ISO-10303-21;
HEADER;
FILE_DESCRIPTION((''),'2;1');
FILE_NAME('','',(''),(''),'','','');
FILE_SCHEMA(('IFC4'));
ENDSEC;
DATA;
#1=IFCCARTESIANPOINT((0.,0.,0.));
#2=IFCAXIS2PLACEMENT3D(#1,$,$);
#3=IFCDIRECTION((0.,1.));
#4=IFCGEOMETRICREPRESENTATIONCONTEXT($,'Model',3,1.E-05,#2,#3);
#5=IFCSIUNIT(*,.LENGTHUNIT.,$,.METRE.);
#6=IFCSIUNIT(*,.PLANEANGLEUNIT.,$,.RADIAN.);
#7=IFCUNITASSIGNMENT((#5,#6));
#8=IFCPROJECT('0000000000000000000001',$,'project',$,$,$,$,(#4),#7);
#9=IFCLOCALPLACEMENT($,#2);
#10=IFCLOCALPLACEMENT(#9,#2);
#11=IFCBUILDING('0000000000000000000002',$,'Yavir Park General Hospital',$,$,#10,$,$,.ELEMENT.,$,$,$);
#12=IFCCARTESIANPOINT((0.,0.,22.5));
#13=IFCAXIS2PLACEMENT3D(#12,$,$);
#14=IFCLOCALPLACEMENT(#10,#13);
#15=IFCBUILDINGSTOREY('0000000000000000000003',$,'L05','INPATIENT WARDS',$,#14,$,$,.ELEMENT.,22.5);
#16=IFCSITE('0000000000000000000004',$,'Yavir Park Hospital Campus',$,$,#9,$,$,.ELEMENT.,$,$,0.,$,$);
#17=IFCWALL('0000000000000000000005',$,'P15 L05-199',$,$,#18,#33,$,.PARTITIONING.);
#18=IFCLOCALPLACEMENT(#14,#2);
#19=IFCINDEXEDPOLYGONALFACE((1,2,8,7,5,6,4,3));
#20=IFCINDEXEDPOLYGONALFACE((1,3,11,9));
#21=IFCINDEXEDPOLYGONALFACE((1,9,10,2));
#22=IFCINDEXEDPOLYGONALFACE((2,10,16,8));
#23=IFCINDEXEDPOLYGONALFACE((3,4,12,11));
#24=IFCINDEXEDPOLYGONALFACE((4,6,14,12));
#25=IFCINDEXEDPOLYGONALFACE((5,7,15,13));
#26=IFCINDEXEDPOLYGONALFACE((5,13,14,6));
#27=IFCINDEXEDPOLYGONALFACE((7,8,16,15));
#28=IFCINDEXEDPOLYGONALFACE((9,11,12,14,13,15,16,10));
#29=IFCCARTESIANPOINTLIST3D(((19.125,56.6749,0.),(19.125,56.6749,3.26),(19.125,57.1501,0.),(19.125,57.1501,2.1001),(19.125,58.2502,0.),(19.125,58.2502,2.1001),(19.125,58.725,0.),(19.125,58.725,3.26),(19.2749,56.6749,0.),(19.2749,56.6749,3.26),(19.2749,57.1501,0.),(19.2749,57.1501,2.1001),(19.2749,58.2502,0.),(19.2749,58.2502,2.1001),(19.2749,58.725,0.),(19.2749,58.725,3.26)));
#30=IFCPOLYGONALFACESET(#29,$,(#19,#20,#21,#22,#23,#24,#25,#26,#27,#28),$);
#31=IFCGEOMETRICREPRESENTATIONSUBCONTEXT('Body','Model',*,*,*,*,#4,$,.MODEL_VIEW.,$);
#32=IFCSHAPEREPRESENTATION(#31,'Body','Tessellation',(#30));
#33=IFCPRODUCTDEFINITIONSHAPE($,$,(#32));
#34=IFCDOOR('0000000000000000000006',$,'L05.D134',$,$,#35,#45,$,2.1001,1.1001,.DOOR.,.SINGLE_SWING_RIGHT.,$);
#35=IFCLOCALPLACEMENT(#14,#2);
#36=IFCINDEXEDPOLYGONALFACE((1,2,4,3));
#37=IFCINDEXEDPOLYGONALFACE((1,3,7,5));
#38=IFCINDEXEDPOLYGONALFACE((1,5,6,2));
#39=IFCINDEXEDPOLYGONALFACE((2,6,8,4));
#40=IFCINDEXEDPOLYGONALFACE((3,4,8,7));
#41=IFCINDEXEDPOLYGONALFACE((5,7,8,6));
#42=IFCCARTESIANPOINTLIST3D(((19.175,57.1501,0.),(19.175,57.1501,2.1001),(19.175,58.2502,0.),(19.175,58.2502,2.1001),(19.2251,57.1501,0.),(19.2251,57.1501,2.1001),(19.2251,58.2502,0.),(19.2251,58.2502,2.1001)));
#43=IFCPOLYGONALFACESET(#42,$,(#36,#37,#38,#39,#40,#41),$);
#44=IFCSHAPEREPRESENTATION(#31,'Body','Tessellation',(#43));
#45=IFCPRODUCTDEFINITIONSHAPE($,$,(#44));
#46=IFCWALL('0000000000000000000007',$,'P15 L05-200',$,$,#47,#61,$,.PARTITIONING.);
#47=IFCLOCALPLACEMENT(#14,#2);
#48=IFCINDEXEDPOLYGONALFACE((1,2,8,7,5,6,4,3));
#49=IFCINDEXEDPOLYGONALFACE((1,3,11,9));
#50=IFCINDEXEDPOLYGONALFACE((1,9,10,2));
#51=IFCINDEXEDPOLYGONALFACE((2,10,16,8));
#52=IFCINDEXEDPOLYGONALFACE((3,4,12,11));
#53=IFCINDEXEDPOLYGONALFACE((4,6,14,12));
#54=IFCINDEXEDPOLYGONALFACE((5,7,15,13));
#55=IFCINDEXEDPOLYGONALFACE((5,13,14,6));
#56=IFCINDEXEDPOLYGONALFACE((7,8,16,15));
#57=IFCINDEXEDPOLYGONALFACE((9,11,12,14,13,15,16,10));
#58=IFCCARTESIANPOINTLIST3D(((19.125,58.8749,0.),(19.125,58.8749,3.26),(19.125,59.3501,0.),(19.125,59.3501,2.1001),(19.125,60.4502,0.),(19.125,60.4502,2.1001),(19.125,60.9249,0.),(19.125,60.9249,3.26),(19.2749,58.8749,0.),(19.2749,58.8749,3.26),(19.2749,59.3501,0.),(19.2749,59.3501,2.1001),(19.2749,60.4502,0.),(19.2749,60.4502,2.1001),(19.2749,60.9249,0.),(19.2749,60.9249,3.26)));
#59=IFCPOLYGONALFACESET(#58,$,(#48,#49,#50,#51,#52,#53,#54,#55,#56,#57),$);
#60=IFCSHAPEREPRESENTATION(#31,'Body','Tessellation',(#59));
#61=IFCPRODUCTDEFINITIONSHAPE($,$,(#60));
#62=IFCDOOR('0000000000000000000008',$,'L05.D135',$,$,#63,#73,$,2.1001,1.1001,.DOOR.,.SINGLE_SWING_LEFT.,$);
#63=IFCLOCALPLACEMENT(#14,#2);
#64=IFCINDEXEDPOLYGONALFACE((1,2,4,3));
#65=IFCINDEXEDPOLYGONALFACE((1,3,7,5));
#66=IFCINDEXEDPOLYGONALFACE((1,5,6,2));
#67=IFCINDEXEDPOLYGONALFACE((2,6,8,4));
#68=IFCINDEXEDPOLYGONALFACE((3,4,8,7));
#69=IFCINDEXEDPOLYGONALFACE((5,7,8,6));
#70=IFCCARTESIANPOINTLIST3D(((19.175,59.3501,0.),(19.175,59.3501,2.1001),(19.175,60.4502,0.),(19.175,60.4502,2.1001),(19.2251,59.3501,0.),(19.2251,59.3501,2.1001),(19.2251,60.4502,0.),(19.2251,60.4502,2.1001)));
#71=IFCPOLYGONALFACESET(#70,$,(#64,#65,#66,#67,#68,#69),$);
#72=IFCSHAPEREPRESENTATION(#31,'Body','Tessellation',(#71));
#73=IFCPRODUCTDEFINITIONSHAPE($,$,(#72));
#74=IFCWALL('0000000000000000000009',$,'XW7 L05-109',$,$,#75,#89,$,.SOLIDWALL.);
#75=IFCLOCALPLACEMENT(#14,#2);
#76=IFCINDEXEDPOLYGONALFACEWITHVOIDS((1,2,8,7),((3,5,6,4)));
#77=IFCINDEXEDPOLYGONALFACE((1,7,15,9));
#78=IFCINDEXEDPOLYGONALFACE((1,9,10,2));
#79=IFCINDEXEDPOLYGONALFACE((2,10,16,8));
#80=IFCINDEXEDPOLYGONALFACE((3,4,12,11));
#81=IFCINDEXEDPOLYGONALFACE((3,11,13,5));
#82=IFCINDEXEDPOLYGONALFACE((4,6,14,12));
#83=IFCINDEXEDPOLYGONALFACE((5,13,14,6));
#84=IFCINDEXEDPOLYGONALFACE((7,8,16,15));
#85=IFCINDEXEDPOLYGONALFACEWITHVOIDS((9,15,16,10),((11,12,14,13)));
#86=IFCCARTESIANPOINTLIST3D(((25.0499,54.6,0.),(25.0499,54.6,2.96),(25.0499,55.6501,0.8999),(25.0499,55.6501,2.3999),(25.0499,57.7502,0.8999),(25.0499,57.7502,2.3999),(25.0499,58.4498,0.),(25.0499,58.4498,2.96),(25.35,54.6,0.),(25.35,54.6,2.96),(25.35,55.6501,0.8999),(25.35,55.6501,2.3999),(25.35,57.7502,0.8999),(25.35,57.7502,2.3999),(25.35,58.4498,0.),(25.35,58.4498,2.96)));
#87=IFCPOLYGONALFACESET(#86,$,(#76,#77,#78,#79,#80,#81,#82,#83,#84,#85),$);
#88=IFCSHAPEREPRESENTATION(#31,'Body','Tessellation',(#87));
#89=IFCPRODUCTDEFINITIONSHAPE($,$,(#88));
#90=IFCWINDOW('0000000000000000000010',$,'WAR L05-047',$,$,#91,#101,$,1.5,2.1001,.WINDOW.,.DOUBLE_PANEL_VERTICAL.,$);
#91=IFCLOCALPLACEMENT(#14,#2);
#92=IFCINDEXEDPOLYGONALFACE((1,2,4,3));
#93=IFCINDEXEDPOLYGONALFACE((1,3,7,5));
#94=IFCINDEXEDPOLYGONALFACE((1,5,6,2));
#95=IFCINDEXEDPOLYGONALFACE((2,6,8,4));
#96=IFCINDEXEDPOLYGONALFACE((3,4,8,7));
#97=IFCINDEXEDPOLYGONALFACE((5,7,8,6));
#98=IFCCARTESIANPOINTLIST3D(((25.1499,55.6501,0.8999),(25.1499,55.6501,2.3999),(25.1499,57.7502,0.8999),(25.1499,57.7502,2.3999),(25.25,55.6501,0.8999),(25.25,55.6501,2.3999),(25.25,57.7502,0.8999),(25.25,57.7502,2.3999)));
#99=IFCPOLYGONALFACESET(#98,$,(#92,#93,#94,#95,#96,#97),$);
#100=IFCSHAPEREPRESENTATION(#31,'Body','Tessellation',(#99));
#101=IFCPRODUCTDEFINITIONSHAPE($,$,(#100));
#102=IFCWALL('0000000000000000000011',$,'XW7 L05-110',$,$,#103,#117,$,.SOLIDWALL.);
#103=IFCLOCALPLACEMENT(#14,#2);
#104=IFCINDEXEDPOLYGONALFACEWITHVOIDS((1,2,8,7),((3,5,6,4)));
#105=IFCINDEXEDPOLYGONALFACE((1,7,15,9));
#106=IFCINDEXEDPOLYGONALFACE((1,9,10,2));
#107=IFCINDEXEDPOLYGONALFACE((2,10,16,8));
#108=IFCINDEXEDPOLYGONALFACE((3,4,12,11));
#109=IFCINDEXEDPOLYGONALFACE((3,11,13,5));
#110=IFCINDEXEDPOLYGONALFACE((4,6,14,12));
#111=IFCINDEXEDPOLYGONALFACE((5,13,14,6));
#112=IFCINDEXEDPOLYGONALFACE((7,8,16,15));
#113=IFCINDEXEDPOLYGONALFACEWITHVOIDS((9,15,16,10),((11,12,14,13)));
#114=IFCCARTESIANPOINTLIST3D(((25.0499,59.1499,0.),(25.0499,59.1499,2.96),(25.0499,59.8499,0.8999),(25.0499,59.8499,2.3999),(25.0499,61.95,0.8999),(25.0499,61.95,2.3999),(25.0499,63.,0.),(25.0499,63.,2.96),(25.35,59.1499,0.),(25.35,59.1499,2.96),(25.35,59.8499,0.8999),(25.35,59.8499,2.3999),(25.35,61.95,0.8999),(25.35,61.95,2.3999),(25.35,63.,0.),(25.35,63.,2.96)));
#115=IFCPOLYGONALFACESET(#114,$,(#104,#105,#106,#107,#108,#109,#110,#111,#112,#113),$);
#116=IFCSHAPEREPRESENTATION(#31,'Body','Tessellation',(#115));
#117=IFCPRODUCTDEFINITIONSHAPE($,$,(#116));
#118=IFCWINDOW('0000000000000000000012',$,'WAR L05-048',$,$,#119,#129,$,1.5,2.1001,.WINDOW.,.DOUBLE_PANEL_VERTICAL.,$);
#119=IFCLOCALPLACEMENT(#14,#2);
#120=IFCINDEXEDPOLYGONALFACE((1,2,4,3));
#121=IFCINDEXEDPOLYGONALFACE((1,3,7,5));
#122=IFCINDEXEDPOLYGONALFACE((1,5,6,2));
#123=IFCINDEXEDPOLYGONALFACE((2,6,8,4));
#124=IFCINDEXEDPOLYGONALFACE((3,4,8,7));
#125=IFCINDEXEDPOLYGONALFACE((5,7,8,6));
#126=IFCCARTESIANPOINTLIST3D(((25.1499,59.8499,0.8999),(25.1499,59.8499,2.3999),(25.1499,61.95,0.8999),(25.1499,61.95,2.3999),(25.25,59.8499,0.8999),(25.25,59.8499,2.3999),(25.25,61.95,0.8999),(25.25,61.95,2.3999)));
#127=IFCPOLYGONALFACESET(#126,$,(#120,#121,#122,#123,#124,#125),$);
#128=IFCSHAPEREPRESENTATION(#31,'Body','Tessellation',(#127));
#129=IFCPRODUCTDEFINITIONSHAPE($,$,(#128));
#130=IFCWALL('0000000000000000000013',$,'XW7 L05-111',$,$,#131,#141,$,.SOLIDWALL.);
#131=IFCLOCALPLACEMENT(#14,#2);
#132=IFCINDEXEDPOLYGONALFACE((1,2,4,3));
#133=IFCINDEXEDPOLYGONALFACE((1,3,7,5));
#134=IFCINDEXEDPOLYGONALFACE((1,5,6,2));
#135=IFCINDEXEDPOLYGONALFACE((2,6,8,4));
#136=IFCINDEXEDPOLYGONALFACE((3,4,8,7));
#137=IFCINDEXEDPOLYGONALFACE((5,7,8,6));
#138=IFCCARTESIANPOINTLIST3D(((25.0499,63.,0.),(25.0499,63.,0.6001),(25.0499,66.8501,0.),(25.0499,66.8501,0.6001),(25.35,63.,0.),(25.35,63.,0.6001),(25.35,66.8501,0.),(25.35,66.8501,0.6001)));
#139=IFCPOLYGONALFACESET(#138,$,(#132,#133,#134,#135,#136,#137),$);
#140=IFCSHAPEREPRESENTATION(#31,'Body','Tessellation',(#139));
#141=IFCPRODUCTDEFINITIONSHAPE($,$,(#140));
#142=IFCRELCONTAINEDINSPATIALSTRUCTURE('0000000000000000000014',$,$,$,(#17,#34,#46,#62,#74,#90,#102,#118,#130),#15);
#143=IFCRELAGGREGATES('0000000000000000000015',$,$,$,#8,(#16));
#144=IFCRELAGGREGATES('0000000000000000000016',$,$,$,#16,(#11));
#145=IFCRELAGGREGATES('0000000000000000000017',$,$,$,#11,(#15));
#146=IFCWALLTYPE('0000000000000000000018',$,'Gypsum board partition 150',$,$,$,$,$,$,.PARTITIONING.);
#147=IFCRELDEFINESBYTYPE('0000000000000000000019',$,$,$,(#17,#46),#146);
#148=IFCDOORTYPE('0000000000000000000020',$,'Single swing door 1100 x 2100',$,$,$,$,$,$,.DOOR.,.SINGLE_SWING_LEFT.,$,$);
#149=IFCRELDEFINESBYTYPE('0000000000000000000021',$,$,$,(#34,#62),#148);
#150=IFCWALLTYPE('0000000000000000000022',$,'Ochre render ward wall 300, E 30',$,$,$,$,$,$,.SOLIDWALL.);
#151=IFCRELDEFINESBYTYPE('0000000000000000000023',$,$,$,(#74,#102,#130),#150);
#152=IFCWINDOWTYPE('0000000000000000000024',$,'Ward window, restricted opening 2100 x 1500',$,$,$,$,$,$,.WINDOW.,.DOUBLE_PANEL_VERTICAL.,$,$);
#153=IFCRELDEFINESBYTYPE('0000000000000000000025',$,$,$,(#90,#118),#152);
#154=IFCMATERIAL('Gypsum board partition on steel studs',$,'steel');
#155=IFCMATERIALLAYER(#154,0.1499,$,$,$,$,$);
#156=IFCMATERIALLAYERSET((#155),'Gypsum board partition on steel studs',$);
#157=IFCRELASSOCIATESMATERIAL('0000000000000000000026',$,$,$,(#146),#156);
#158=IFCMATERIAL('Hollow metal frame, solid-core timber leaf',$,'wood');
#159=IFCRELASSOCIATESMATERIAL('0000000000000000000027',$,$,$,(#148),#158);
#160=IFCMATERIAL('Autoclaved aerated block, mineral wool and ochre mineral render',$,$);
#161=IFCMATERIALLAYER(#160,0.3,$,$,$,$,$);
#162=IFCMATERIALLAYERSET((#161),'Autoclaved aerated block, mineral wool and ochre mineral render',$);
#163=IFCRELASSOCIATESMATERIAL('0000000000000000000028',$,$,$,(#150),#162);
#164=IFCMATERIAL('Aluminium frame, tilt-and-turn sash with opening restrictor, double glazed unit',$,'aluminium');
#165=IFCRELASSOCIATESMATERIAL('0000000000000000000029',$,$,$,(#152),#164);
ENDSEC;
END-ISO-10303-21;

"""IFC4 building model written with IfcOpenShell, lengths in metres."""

from ifc_helpers import new_model, si_unit, direction, frame, frame_2d, origin, place, context, subcontext, project, spatial, rectangle, extrude, material, layer, layer_set, type_object, element, fill, save


model = new_model("IFC4")

# Units and contexts
model_context = context("Model", 3, precision=1e-05, world=origin(), true_north=direction((0.0, 1.0)))
body_context = subcontext(model_context, "Body", "Model", "MODEL_VIEW")
ifc_project = project(units=[si_unit("LENGTHUNIT", "METRE"), si_unit("PLANEANGLEUNIT", "RADIAN")], contexts=[model_context])

# Site, building, storey
site_placement = place(None, origin())
site = spatial("IfcSite", under=ifc_project, at=site_placement, Name="Yavir Park Hospital Campus", CompositionType="ELEMENT", RefElevation=0.0)
building_placement = place(site_placement, origin())
building = spatial("IfcBuilding", under=site, at=building_placement, Name="Yavir Park General Hospital", CompositionType="ELEMENT")
storey_placement = place(building_placement, frame((0.0, 0.0, 22.5)))
storey = spatial("IfcBuildingStorey", under=building, at=storey_placement, Name="L05", Description="INPATIENT WARDS", CompositionType="ELEMENT", Elevation=22.5)

# Shared definitions
ifc_material_1 = material(Name="Gypsum board partition on steel studs", Category="steel")
ifc_layer_1 = layer(ifc_material_1, 0.1499)
ifc_layer_set_1 = layer_set([ifc_layer_1], Name="Gypsum board partition on steel studs")
wall_type_1 = type_object("IfcWallType", Name="Gypsum board partition 150", PredefinedType="PARTITIONING", material=ifc_layer_set_1)

# Walls, openings, doors
wall_1_placement = place(storey_placement, frame((19.2, 56.675, 0.0), z_axis=(0.0, 0.0, 1.0), x_axis=(0.0, 1.0, 0.0)))
wall_1 = element("IfcWall", 1, at=wall_1_placement, inside=storey, type_object=wall_type_1, Name="P15 L05-199", PredefinedType="PARTITIONING", context=body_context, shape_type="SweptSolid", body=[
    extrude(rectangle(XDim=2.05, YDim=0.1499, at=frame_2d((1.0249, 0.0))), origin(), (0.0, 0.0, 1.0), 3.26),
])
opening_1_placement = place(wall_1_placement, frame((0.4751, 0.0, 0.0)))
opening_1 = element("IfcOpeningElement", 2, at=opening_1_placement, cuts=wall_1, PredefinedType="OPENING", context=body_context, shape_type="SweptSolid", body=[
    extrude(rectangle(XDim=1.1001, YDim=2.1001, at=frame_2d((0.55, 1.05))), frame((0.0, 0.085, 0.0), z_axis=(0.0, -1.0, 0.0), x_axis=(1.0, 0.0, 0.0)), (0.0, 0.0, 1.0), 0.1699),
])
ifc_material_2 = material(Name="Hollow metal frame, solid-core timber leaf", Category="wood")
door_type = type_object("IfcDoorType", Name="Single swing door 1100 x 2100", OperationType="SINGLE_SWING_LEFT", PredefinedType="DOOR", material=ifc_material_2)
door_1_placement = place(opening_1_placement, origin())
door_1 = element("IfcDoor", 3, at=door_1_placement, inside=storey, type_object=door_type, Name="L05.D134", OperationType="SINGLE_SWING_RIGHT", OverallHeight=2.1001, OverallWidth=1.1001, PredefinedType="DOOR", context=body_context, shape_type="SweptSolid", body=[
    extrude(rectangle(XDim=1.1001, YDim=2.1001, at=frame_2d((0.55, 1.05))), frame((0.0, 0.0249, 0.0), z_axis=(0.0, -1.0, 0.0), x_axis=(1.0, 0.0, 0.0)), (0.0, 0.0, 1.0), 0.05),
])
fill(opening_1, door_1)
wall_2_placement = place(storey_placement, frame((19.2, 58.875, 0.0), z_axis=(0.0, 0.0, 1.0), x_axis=(0.0, 1.0, 0.0)))
wall_2 = element("IfcWall", 4, at=wall_2_placement, inside=storey, type_object=wall_type_1, Name="P15 L05-200", PredefinedType="PARTITIONING", context=body_context, shape_type="SweptSolid", body=[
    extrude(rectangle(XDim=2.05, YDim=0.1499, at=frame_2d((1.0249, 0.0))), origin(), (0.0, 0.0, 1.0), 3.26),
])
opening_2_placement = place(wall_2_placement, frame((0.4751, 0.0, 0.0)))
opening_2 = element("IfcOpeningElement", 5, at=opening_2_placement, cuts=wall_2, PredefinedType="OPENING", context=body_context, shape_type="SweptSolid", body=[
    extrude(rectangle(XDim=1.1001, YDim=2.1001, at=frame_2d((0.55, 1.05))), frame((0.0, 0.085, 0.0), z_axis=(0.0, -1.0, 0.0), x_axis=(1.0, 0.0, 0.0)), (0.0, 0.0, 1.0), 0.1699),
])
door_2_placement = place(opening_2_placement, origin())
door_2 = element("IfcDoor", 6, at=door_2_placement, inside=storey, type_object=door_type, Name="L05.D135", OperationType="SINGLE_SWING_LEFT", OverallHeight=2.1001, OverallWidth=1.1001, PredefinedType="DOOR", context=body_context, shape_type="SweptSolid", body=[
    extrude(rectangle(XDim=1.1001, YDim=2.1001, at=frame_2d((0.55, 1.05))), frame((0.0, 0.0249, 0.0), z_axis=(0.0, -1.0, 0.0), x_axis=(1.0, 0.0, 0.0)), (0.0, 0.0, 1.0), 0.05),
])
fill(opening_2, door_2)

# Walls, openings, windows
ifc_material_3 = material(Name="Autoclaved aerated block, mineral wool and ochre mineral render")
ifc_layer_2 = layer(ifc_material_3, 0.3)
ifc_layer_set_2 = layer_set([ifc_layer_2], Name="Autoclaved aerated block, mineral wool and ochre mineral render")
wall_type_2 = type_object("IfcWallType", Name="Ochre render ward wall 300, E 30", PredefinedType="SOLIDWALL", material=ifc_layer_set_2)
wall_3_placement = place(storey_placement, frame((25.2, 54.6001, 0.0), z_axis=(0.0, 0.0, 1.0), x_axis=(0.0, 1.0, 0.0)))
wall_3 = element("IfcWall", 7, at=wall_3_placement, inside=storey, type_object=wall_type_2, Name="XW7 L05-109", PredefinedType="SOLIDWALL", context=body_context, shape_type="SweptSolid", body=[
    extrude(rectangle(XDim=3.8499, YDim=0.3, at=frame_2d((1.9248, 0.0))), origin(), (0.0, 0.0, 1.0), 2.96),
])
opening_3_placement = place(wall_3_placement, frame((1.05, 0.0, 0.8999)))
opening_3 = element("IfcOpeningElement", 8, at=opening_3_placement, cuts=wall_3, PredefinedType="OPENING", context=body_context, shape_type="SweptSolid", body=[
    extrude(rectangle(XDim=2.1001, YDim=1.5, at=frame_2d((1.05, 0.75))), frame((0.0, 0.1599, 0.0), z_axis=(0.0, -1.0, 0.0), x_axis=(1.0, 0.0, 0.0)), (0.0, 0.0, 1.0), 0.3201),
])
ifc_material_4 = material(Name="Aluminium frame, tilt-and-turn sash with opening restrictor, double glazed unit", Category="aluminium")
window_type = type_object("IfcWindowType", Name="Ward window, restricted opening 2100 x 1500", PartitioningType="DOUBLE_PANEL_VERTICAL", PredefinedType="WINDOW", material=ifc_material_4)
window_1_placement = place(opening_3_placement, origin())
window_1 = element("IfcWindow", 9, at=window_1_placement, inside=storey, type_object=window_type, Name="WAR L05-047", OverallHeight=1.5, OverallWidth=2.1001, PartitioningType="DOUBLE_PANEL_VERTICAL", PredefinedType="WINDOW", context=body_context, shape_type="SweptSolid", body=[
    extrude(rectangle(XDim=2.1001, YDim=1.5, at=frame_2d((1.05, 0.75))), frame((0.0, 0.05, 0.0), z_axis=(0.0, -1.0, 0.0), x_axis=(1.0, 0.0, 0.0)), (0.0, 0.0, 1.0), 0.1001),
])
fill(opening_3, window_1)
wall_4_placement = place(storey_placement, frame((25.2, 59.1499, 0.0), z_axis=(0.0, 0.0, 1.0), x_axis=(0.0, 1.0, 0.0)))
wall_4 = element("IfcWall", 10, at=wall_4_placement, inside=storey, type_object=wall_type_2, Name="XW7 L05-110", PredefinedType="SOLIDWALL", context=body_context, shape_type="SweptSolid", body=[
    extrude(rectangle(XDim=3.8501, YDim=0.3, at=frame_2d((1.925, 0.0))), origin(), (0.0, 0.0, 1.0), 2.96),
])
opening_4_placement = place(wall_4_placement, frame((0.7, 0.0, 0.8999)))
opening_4 = element("IfcOpeningElement", 11, at=opening_4_placement, cuts=wall_4, PredefinedType="OPENING", context=body_context, shape_type="SweptSolid", body=[
    extrude(rectangle(XDim=2.1001, YDim=1.5, at=frame_2d((1.05, 0.75))), frame((0.0, 0.1599, 0.0), z_axis=(0.0, -1.0, 0.0), x_axis=(1.0, 0.0, 0.0)), (0.0, 0.0, 1.0), 0.3201),
])
window_2_placement = place(opening_4_placement, origin())
window_2 = element("IfcWindow", 12, at=window_2_placement, inside=storey, type_object=window_type, Name="WAR L05-048", OverallHeight=1.5, OverallWidth=2.1001, PartitioningType="DOUBLE_PANEL_VERTICAL", PredefinedType="WINDOW", context=body_context, shape_type="SweptSolid", body=[
    extrude(rectangle(XDim=2.1001, YDim=1.5, at=frame_2d((1.05, 0.75))), frame((0.0, 0.05, 0.0), z_axis=(0.0, -1.0, 0.0), x_axis=(1.0, 0.0, 0.0)), (0.0, 0.0, 1.0), 0.1001),
])
fill(opening_4, window_2)

# Wall
wall_5_placement = place(storey_placement, frame((25.2, 63.0, 0.0), z_axis=(0.0, 0.0, 1.0), x_axis=(0.0, 1.0, 0.0)))
element("IfcWall", 13, at=wall_5_placement, inside=storey, type_object=wall_type_2, Name="XW7 L05-111", PredefinedType="SOLIDWALL", context=body_context, shape_type="SweptSolid", body=[
    extrude(rectangle(XDim=3.8501, YDim=0.3, at=frame_2d((1.925, 0.0))), origin(), (0.0, 0.0, 1.0), 0.6001),
])

save(model, "model.ifc")
